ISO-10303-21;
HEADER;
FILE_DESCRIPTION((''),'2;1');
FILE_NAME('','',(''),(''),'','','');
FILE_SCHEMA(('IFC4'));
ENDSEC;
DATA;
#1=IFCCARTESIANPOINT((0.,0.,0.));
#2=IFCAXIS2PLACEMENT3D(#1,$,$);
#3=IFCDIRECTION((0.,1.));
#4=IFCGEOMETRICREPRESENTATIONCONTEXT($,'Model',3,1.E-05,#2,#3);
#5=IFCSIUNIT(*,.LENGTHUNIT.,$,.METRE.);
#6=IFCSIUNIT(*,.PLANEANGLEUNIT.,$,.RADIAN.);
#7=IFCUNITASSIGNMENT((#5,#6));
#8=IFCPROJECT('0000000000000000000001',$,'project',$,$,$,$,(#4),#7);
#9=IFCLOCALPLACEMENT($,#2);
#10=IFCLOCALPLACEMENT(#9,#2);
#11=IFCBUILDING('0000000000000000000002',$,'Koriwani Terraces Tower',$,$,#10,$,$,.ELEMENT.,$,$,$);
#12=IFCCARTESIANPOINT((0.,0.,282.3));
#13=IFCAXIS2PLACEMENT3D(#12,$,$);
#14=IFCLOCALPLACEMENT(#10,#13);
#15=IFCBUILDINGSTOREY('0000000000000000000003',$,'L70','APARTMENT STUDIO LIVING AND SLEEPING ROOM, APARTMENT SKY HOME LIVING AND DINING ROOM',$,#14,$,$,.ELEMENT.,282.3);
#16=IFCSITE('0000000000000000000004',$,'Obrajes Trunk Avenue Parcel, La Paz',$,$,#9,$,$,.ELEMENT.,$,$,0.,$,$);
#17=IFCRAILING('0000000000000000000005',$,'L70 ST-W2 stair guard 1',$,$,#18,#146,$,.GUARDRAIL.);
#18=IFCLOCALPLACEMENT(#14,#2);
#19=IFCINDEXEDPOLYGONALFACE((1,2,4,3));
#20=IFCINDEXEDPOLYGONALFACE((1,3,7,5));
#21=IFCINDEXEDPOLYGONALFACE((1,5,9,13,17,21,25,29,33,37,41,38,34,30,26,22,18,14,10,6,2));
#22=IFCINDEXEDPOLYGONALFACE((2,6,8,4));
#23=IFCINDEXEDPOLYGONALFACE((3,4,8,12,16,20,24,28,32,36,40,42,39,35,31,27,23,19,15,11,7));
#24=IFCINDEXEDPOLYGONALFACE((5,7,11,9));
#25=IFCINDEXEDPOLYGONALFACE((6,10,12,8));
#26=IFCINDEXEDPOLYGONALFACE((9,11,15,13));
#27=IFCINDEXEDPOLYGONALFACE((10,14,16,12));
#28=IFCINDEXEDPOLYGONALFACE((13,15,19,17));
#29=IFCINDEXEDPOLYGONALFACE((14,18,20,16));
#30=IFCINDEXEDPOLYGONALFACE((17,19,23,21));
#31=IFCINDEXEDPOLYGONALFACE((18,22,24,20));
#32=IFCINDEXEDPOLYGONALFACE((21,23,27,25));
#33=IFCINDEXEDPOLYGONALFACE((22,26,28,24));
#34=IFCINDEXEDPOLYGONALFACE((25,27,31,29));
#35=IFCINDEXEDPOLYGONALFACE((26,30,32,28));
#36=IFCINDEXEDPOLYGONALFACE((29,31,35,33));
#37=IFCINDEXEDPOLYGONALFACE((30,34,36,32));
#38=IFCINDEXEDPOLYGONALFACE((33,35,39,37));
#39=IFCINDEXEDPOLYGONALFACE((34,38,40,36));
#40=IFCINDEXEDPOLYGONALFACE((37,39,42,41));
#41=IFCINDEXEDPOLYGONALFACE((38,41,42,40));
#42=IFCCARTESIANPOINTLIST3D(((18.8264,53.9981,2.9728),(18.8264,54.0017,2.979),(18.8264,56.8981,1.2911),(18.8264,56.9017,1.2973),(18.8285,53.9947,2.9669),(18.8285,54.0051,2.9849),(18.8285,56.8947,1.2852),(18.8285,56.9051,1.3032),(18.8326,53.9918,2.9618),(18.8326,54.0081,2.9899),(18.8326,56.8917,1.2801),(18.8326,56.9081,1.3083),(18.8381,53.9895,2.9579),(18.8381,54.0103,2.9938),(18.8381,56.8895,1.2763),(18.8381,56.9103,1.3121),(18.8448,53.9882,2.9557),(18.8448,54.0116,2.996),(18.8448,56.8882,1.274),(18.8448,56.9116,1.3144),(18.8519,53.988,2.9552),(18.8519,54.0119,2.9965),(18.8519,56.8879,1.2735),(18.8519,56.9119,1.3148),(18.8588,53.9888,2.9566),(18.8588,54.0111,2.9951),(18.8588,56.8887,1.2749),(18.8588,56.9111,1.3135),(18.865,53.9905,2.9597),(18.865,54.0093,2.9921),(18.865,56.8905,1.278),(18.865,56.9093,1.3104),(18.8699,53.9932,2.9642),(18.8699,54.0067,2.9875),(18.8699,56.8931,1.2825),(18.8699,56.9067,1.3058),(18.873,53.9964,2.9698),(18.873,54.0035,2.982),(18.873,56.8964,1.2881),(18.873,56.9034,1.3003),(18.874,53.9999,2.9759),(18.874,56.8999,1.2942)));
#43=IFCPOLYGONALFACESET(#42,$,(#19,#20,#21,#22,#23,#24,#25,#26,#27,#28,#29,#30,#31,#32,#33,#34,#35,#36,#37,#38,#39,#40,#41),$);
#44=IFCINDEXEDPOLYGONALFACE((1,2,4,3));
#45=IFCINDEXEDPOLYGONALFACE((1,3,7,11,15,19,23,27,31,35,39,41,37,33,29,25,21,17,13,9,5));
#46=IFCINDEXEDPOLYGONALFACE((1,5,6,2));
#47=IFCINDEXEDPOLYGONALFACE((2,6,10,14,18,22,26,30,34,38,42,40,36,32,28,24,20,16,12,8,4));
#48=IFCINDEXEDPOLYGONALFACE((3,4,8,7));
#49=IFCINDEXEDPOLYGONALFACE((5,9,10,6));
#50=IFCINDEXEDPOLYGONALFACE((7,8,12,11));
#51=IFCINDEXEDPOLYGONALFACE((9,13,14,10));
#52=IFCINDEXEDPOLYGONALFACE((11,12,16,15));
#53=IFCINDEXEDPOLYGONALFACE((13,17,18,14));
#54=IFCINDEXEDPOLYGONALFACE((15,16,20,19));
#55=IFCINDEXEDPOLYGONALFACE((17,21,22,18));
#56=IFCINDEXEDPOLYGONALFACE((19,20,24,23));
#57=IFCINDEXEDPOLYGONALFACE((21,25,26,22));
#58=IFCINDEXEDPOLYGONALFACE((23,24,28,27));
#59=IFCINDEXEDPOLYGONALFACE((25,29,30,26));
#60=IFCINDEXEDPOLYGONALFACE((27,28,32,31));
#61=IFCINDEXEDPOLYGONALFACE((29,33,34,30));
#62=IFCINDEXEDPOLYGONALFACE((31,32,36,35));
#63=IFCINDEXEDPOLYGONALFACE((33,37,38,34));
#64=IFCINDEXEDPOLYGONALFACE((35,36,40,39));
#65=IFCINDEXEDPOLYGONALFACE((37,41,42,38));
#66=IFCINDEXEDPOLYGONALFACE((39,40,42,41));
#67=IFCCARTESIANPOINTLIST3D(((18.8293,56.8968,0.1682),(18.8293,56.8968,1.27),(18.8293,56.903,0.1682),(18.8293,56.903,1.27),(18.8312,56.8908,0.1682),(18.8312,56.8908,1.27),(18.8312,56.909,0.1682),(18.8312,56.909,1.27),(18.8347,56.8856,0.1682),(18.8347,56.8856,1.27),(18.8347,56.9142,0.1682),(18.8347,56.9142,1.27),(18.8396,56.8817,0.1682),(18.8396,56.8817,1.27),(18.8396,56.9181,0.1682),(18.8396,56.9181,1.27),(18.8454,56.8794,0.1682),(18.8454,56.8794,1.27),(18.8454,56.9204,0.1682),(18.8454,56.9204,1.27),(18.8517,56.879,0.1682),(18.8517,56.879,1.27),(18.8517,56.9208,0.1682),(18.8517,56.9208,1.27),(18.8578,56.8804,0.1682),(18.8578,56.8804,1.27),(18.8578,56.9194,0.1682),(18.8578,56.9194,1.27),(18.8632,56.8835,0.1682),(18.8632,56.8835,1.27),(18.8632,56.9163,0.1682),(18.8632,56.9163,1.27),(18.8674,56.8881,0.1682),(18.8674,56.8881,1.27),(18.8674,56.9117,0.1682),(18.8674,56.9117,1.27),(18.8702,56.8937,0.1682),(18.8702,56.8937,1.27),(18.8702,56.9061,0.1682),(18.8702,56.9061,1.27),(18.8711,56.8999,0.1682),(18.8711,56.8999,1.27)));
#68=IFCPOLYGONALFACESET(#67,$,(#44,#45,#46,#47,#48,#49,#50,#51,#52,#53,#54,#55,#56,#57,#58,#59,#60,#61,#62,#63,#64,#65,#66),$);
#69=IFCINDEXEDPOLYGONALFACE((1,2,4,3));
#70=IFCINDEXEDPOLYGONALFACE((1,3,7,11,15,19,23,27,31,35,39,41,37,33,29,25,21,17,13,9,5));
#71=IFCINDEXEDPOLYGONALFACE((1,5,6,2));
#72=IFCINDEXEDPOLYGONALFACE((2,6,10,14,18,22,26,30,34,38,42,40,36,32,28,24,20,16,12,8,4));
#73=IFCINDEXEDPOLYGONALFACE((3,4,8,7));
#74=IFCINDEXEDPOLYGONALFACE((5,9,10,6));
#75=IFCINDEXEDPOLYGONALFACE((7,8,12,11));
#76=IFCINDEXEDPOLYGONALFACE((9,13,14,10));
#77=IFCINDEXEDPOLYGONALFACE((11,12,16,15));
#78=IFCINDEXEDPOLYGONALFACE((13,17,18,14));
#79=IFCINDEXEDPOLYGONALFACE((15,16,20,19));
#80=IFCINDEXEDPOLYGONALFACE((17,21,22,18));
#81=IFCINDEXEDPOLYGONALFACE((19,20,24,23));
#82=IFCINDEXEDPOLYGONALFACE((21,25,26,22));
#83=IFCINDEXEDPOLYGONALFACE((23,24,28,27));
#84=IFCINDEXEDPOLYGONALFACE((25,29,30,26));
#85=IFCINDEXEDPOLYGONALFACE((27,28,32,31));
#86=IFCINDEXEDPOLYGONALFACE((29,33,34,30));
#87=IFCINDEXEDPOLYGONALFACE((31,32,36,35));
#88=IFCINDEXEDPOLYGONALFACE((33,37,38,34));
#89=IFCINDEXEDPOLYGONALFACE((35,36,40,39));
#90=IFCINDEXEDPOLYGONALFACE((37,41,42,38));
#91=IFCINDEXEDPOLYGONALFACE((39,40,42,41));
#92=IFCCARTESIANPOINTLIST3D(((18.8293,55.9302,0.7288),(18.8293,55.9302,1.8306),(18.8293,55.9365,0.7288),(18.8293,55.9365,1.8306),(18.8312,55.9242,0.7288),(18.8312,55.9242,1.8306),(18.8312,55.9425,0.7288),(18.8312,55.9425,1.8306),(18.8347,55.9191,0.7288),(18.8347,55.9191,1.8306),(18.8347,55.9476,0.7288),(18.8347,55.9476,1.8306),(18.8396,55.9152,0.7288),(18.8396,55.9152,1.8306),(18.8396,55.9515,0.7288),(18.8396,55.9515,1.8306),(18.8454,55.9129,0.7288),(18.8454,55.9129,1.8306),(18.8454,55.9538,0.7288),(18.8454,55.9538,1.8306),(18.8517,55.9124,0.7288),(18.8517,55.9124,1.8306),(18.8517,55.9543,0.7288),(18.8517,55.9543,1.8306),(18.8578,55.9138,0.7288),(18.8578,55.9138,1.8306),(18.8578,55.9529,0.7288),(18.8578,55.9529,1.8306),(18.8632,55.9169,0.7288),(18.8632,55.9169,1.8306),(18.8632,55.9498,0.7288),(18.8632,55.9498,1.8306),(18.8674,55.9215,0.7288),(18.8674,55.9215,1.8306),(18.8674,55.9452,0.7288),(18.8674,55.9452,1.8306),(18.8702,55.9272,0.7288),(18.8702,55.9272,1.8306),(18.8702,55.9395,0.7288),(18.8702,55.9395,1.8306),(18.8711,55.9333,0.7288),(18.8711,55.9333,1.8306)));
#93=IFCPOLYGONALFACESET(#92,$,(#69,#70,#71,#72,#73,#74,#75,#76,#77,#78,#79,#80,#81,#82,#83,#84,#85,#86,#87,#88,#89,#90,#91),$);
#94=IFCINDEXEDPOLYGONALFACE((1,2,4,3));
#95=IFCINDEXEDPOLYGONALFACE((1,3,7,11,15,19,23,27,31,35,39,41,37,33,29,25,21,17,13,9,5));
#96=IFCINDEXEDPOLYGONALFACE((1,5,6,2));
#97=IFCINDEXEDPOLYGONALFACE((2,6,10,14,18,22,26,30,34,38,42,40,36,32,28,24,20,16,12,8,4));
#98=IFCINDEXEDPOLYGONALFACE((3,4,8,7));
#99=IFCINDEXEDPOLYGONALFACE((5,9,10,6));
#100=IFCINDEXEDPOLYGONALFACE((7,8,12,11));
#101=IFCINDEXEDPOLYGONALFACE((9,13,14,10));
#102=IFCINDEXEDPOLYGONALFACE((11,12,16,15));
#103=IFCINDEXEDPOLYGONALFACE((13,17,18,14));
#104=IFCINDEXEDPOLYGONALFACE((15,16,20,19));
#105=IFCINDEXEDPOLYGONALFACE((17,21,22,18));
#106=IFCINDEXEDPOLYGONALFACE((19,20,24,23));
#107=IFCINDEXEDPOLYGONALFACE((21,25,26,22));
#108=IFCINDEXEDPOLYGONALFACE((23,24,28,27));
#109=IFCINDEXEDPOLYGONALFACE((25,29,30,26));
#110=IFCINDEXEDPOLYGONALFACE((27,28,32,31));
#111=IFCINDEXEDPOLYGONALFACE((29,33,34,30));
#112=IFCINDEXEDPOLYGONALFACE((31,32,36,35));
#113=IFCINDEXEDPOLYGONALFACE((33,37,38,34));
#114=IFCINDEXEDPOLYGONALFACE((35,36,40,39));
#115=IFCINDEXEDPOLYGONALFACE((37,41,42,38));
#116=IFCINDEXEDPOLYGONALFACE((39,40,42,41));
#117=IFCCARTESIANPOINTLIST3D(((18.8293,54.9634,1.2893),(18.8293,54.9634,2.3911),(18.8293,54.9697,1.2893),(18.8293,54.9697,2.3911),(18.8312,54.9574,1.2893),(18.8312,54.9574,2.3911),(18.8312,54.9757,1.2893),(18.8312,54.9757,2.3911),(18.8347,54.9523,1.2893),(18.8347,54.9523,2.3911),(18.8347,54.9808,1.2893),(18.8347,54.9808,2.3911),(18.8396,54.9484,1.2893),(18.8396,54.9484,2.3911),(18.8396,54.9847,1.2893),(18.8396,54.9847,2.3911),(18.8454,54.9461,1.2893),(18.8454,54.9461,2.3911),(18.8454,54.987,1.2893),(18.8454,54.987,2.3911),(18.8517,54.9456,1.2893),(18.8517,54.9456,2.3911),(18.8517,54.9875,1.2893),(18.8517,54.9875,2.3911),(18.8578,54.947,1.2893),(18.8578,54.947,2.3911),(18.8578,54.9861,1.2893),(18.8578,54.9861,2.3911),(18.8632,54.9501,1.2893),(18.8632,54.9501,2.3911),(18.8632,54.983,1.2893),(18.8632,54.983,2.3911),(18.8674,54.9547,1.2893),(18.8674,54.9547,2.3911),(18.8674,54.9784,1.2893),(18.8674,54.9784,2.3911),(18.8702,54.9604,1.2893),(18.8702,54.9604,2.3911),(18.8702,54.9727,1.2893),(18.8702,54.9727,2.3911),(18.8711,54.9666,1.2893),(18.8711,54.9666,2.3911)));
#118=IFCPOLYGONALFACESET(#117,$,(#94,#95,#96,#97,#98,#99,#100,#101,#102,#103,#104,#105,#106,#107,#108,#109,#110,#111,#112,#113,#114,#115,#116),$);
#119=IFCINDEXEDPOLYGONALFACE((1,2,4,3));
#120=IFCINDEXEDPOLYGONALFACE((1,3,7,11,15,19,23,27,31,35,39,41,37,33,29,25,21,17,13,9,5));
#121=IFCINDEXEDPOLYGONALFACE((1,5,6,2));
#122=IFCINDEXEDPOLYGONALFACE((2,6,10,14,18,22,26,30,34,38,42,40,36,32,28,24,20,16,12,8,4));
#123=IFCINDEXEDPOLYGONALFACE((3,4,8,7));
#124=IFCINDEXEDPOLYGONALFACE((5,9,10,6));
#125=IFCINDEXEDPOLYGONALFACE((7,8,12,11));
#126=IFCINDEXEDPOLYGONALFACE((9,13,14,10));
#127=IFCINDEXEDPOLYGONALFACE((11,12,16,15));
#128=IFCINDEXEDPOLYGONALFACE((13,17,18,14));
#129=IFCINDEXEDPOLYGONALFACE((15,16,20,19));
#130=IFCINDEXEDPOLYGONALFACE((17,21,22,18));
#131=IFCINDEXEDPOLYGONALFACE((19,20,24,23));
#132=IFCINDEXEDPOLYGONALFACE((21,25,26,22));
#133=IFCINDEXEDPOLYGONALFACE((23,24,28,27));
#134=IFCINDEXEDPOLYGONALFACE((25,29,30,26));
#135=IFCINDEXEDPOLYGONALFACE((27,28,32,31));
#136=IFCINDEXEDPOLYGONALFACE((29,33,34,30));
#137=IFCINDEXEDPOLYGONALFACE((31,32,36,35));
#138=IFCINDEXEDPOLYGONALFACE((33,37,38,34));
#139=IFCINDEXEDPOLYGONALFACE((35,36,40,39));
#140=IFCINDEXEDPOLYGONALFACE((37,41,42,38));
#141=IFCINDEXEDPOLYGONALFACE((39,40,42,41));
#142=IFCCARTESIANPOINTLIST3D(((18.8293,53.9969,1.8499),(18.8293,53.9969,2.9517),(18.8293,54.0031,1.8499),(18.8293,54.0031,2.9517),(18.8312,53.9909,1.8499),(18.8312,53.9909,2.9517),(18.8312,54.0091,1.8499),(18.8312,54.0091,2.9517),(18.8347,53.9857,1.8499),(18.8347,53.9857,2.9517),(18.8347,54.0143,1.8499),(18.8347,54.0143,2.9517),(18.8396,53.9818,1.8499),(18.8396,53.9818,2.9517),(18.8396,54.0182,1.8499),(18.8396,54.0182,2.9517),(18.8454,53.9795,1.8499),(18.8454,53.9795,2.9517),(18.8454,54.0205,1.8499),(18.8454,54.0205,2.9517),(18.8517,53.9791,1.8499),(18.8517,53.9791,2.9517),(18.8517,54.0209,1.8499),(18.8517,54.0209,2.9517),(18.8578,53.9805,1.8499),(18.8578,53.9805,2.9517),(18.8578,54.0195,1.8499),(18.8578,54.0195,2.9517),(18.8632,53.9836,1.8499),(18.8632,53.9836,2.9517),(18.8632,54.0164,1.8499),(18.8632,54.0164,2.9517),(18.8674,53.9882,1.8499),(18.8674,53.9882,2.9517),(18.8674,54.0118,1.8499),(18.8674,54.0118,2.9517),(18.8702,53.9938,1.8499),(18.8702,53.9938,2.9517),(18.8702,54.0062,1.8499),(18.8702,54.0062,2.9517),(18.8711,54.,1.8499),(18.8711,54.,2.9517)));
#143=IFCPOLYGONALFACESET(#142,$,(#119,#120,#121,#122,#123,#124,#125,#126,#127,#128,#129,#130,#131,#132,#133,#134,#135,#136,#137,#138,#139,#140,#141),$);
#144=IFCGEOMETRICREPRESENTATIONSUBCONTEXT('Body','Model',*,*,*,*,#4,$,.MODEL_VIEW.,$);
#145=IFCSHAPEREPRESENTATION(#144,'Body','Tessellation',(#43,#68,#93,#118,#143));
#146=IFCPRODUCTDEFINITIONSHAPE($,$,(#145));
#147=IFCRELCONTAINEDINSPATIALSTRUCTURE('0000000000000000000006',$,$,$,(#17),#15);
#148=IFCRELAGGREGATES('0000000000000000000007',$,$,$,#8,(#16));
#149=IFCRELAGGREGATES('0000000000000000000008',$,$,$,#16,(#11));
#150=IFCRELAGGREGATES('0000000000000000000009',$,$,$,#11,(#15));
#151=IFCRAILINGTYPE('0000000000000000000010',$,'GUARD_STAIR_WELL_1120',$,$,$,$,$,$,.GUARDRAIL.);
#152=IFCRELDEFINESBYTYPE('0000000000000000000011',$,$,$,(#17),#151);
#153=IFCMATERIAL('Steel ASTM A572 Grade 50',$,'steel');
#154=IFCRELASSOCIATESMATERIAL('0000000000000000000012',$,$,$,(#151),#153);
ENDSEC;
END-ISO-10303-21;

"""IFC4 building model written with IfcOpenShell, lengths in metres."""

from ifc_helpers import new_model, si_unit, direction, frame, origin, origin_2d, place, context, subcontext, project, spatial, circle, extrude, material, type_object, element, save


model = new_model("IFC4")

# Units and contexts
model_context = context("Model", 3, precision=1e-05, world=origin(), true_north=direction((0.0, 1.0)))
body_context = subcontext(model_context, "Body", "Model", "MODEL_VIEW")
ifc_project = project(units=[si_unit("LENGTHUNIT", "METRE"), si_unit("PLANEANGLEUNIT", "RADIAN")], contexts=[model_context])

# Site, building, storey
site_placement = place(None, origin())
site = spatial("IfcSite", under=ifc_project, at=site_placement, Name="Obrajes Trunk Avenue Parcel, La Paz", CompositionType="ELEMENT", RefElevation=0.0)
building_placement = place(site_placement, origin())
building = spatial("IfcBuilding", under=site, at=building_placement, Name="Koriwani Terraces Tower", CompositionType="ELEMENT")
storey_placement = place(building_placement, frame((0.0, 0.0, 282.3)))
storey = spatial("IfcBuildingStorey", under=building, at=storey_placement, Name="L70", Description="APARTMENT STUDIO LIVING AND SLEEPING ROOM, APARTMENT SKY HOME LIVING AND DINING ROOM", CompositionType="ELEMENT", Elevation=282.3)

# Shared definitions
ifc_material_1 = material(Name="Steel ASTM A572 Grade 50", Category="steel")

# Railing
railing_type_1 = type_object("IfcRailingType", Name="GUARD_STAIR_WELL_1120", PredefinedType="GUARDRAIL", material=ifc_material_1)
railing_1_placement = place(storey_placement, frame((18.8501, 56.8999, 0.1682)))
element("IfcRailing", 1, at=railing_1_placement, inside=storey, type_object=railing_type_1, Name="L70 ST-W2 stair guard 1", PredefinedType="GUARDRAIL", context=body_context, shape_type="SweptSolid", body=[
    extrude(circle(Radius=0.0239, at=origin_2d()), frame((0.0, 0.0, 1.126), z_axis=(0.0, -0.86507, 0.501651), x_axis=(1.0, 0.0, 0.0)), (0.0, 0.0, 1.0), 3.3523),
    extrude(circle(Radius=0.021, at=origin_2d()), origin(), (0.0, 0.0, 1.0), 1.1018),
    extrude(circle(Radius=0.021, at=origin_2d()), frame((0.0, -0.9666, 0.5605)), (0.0, 0.0, 1.0), 1.1018),
    extrude(circle(Radius=0.021, at=origin_2d()), frame((0.0, -1.9333, 1.1211)), (0.0, 0.0, 1.0), 1.1018),
    extrude(circle(Radius=0.021, at=origin_2d()), frame((0.0, -2.8999, 1.6816)), (0.0, 0.0, 1.0), 1.1018),
])

save(model, "model.ifc")
